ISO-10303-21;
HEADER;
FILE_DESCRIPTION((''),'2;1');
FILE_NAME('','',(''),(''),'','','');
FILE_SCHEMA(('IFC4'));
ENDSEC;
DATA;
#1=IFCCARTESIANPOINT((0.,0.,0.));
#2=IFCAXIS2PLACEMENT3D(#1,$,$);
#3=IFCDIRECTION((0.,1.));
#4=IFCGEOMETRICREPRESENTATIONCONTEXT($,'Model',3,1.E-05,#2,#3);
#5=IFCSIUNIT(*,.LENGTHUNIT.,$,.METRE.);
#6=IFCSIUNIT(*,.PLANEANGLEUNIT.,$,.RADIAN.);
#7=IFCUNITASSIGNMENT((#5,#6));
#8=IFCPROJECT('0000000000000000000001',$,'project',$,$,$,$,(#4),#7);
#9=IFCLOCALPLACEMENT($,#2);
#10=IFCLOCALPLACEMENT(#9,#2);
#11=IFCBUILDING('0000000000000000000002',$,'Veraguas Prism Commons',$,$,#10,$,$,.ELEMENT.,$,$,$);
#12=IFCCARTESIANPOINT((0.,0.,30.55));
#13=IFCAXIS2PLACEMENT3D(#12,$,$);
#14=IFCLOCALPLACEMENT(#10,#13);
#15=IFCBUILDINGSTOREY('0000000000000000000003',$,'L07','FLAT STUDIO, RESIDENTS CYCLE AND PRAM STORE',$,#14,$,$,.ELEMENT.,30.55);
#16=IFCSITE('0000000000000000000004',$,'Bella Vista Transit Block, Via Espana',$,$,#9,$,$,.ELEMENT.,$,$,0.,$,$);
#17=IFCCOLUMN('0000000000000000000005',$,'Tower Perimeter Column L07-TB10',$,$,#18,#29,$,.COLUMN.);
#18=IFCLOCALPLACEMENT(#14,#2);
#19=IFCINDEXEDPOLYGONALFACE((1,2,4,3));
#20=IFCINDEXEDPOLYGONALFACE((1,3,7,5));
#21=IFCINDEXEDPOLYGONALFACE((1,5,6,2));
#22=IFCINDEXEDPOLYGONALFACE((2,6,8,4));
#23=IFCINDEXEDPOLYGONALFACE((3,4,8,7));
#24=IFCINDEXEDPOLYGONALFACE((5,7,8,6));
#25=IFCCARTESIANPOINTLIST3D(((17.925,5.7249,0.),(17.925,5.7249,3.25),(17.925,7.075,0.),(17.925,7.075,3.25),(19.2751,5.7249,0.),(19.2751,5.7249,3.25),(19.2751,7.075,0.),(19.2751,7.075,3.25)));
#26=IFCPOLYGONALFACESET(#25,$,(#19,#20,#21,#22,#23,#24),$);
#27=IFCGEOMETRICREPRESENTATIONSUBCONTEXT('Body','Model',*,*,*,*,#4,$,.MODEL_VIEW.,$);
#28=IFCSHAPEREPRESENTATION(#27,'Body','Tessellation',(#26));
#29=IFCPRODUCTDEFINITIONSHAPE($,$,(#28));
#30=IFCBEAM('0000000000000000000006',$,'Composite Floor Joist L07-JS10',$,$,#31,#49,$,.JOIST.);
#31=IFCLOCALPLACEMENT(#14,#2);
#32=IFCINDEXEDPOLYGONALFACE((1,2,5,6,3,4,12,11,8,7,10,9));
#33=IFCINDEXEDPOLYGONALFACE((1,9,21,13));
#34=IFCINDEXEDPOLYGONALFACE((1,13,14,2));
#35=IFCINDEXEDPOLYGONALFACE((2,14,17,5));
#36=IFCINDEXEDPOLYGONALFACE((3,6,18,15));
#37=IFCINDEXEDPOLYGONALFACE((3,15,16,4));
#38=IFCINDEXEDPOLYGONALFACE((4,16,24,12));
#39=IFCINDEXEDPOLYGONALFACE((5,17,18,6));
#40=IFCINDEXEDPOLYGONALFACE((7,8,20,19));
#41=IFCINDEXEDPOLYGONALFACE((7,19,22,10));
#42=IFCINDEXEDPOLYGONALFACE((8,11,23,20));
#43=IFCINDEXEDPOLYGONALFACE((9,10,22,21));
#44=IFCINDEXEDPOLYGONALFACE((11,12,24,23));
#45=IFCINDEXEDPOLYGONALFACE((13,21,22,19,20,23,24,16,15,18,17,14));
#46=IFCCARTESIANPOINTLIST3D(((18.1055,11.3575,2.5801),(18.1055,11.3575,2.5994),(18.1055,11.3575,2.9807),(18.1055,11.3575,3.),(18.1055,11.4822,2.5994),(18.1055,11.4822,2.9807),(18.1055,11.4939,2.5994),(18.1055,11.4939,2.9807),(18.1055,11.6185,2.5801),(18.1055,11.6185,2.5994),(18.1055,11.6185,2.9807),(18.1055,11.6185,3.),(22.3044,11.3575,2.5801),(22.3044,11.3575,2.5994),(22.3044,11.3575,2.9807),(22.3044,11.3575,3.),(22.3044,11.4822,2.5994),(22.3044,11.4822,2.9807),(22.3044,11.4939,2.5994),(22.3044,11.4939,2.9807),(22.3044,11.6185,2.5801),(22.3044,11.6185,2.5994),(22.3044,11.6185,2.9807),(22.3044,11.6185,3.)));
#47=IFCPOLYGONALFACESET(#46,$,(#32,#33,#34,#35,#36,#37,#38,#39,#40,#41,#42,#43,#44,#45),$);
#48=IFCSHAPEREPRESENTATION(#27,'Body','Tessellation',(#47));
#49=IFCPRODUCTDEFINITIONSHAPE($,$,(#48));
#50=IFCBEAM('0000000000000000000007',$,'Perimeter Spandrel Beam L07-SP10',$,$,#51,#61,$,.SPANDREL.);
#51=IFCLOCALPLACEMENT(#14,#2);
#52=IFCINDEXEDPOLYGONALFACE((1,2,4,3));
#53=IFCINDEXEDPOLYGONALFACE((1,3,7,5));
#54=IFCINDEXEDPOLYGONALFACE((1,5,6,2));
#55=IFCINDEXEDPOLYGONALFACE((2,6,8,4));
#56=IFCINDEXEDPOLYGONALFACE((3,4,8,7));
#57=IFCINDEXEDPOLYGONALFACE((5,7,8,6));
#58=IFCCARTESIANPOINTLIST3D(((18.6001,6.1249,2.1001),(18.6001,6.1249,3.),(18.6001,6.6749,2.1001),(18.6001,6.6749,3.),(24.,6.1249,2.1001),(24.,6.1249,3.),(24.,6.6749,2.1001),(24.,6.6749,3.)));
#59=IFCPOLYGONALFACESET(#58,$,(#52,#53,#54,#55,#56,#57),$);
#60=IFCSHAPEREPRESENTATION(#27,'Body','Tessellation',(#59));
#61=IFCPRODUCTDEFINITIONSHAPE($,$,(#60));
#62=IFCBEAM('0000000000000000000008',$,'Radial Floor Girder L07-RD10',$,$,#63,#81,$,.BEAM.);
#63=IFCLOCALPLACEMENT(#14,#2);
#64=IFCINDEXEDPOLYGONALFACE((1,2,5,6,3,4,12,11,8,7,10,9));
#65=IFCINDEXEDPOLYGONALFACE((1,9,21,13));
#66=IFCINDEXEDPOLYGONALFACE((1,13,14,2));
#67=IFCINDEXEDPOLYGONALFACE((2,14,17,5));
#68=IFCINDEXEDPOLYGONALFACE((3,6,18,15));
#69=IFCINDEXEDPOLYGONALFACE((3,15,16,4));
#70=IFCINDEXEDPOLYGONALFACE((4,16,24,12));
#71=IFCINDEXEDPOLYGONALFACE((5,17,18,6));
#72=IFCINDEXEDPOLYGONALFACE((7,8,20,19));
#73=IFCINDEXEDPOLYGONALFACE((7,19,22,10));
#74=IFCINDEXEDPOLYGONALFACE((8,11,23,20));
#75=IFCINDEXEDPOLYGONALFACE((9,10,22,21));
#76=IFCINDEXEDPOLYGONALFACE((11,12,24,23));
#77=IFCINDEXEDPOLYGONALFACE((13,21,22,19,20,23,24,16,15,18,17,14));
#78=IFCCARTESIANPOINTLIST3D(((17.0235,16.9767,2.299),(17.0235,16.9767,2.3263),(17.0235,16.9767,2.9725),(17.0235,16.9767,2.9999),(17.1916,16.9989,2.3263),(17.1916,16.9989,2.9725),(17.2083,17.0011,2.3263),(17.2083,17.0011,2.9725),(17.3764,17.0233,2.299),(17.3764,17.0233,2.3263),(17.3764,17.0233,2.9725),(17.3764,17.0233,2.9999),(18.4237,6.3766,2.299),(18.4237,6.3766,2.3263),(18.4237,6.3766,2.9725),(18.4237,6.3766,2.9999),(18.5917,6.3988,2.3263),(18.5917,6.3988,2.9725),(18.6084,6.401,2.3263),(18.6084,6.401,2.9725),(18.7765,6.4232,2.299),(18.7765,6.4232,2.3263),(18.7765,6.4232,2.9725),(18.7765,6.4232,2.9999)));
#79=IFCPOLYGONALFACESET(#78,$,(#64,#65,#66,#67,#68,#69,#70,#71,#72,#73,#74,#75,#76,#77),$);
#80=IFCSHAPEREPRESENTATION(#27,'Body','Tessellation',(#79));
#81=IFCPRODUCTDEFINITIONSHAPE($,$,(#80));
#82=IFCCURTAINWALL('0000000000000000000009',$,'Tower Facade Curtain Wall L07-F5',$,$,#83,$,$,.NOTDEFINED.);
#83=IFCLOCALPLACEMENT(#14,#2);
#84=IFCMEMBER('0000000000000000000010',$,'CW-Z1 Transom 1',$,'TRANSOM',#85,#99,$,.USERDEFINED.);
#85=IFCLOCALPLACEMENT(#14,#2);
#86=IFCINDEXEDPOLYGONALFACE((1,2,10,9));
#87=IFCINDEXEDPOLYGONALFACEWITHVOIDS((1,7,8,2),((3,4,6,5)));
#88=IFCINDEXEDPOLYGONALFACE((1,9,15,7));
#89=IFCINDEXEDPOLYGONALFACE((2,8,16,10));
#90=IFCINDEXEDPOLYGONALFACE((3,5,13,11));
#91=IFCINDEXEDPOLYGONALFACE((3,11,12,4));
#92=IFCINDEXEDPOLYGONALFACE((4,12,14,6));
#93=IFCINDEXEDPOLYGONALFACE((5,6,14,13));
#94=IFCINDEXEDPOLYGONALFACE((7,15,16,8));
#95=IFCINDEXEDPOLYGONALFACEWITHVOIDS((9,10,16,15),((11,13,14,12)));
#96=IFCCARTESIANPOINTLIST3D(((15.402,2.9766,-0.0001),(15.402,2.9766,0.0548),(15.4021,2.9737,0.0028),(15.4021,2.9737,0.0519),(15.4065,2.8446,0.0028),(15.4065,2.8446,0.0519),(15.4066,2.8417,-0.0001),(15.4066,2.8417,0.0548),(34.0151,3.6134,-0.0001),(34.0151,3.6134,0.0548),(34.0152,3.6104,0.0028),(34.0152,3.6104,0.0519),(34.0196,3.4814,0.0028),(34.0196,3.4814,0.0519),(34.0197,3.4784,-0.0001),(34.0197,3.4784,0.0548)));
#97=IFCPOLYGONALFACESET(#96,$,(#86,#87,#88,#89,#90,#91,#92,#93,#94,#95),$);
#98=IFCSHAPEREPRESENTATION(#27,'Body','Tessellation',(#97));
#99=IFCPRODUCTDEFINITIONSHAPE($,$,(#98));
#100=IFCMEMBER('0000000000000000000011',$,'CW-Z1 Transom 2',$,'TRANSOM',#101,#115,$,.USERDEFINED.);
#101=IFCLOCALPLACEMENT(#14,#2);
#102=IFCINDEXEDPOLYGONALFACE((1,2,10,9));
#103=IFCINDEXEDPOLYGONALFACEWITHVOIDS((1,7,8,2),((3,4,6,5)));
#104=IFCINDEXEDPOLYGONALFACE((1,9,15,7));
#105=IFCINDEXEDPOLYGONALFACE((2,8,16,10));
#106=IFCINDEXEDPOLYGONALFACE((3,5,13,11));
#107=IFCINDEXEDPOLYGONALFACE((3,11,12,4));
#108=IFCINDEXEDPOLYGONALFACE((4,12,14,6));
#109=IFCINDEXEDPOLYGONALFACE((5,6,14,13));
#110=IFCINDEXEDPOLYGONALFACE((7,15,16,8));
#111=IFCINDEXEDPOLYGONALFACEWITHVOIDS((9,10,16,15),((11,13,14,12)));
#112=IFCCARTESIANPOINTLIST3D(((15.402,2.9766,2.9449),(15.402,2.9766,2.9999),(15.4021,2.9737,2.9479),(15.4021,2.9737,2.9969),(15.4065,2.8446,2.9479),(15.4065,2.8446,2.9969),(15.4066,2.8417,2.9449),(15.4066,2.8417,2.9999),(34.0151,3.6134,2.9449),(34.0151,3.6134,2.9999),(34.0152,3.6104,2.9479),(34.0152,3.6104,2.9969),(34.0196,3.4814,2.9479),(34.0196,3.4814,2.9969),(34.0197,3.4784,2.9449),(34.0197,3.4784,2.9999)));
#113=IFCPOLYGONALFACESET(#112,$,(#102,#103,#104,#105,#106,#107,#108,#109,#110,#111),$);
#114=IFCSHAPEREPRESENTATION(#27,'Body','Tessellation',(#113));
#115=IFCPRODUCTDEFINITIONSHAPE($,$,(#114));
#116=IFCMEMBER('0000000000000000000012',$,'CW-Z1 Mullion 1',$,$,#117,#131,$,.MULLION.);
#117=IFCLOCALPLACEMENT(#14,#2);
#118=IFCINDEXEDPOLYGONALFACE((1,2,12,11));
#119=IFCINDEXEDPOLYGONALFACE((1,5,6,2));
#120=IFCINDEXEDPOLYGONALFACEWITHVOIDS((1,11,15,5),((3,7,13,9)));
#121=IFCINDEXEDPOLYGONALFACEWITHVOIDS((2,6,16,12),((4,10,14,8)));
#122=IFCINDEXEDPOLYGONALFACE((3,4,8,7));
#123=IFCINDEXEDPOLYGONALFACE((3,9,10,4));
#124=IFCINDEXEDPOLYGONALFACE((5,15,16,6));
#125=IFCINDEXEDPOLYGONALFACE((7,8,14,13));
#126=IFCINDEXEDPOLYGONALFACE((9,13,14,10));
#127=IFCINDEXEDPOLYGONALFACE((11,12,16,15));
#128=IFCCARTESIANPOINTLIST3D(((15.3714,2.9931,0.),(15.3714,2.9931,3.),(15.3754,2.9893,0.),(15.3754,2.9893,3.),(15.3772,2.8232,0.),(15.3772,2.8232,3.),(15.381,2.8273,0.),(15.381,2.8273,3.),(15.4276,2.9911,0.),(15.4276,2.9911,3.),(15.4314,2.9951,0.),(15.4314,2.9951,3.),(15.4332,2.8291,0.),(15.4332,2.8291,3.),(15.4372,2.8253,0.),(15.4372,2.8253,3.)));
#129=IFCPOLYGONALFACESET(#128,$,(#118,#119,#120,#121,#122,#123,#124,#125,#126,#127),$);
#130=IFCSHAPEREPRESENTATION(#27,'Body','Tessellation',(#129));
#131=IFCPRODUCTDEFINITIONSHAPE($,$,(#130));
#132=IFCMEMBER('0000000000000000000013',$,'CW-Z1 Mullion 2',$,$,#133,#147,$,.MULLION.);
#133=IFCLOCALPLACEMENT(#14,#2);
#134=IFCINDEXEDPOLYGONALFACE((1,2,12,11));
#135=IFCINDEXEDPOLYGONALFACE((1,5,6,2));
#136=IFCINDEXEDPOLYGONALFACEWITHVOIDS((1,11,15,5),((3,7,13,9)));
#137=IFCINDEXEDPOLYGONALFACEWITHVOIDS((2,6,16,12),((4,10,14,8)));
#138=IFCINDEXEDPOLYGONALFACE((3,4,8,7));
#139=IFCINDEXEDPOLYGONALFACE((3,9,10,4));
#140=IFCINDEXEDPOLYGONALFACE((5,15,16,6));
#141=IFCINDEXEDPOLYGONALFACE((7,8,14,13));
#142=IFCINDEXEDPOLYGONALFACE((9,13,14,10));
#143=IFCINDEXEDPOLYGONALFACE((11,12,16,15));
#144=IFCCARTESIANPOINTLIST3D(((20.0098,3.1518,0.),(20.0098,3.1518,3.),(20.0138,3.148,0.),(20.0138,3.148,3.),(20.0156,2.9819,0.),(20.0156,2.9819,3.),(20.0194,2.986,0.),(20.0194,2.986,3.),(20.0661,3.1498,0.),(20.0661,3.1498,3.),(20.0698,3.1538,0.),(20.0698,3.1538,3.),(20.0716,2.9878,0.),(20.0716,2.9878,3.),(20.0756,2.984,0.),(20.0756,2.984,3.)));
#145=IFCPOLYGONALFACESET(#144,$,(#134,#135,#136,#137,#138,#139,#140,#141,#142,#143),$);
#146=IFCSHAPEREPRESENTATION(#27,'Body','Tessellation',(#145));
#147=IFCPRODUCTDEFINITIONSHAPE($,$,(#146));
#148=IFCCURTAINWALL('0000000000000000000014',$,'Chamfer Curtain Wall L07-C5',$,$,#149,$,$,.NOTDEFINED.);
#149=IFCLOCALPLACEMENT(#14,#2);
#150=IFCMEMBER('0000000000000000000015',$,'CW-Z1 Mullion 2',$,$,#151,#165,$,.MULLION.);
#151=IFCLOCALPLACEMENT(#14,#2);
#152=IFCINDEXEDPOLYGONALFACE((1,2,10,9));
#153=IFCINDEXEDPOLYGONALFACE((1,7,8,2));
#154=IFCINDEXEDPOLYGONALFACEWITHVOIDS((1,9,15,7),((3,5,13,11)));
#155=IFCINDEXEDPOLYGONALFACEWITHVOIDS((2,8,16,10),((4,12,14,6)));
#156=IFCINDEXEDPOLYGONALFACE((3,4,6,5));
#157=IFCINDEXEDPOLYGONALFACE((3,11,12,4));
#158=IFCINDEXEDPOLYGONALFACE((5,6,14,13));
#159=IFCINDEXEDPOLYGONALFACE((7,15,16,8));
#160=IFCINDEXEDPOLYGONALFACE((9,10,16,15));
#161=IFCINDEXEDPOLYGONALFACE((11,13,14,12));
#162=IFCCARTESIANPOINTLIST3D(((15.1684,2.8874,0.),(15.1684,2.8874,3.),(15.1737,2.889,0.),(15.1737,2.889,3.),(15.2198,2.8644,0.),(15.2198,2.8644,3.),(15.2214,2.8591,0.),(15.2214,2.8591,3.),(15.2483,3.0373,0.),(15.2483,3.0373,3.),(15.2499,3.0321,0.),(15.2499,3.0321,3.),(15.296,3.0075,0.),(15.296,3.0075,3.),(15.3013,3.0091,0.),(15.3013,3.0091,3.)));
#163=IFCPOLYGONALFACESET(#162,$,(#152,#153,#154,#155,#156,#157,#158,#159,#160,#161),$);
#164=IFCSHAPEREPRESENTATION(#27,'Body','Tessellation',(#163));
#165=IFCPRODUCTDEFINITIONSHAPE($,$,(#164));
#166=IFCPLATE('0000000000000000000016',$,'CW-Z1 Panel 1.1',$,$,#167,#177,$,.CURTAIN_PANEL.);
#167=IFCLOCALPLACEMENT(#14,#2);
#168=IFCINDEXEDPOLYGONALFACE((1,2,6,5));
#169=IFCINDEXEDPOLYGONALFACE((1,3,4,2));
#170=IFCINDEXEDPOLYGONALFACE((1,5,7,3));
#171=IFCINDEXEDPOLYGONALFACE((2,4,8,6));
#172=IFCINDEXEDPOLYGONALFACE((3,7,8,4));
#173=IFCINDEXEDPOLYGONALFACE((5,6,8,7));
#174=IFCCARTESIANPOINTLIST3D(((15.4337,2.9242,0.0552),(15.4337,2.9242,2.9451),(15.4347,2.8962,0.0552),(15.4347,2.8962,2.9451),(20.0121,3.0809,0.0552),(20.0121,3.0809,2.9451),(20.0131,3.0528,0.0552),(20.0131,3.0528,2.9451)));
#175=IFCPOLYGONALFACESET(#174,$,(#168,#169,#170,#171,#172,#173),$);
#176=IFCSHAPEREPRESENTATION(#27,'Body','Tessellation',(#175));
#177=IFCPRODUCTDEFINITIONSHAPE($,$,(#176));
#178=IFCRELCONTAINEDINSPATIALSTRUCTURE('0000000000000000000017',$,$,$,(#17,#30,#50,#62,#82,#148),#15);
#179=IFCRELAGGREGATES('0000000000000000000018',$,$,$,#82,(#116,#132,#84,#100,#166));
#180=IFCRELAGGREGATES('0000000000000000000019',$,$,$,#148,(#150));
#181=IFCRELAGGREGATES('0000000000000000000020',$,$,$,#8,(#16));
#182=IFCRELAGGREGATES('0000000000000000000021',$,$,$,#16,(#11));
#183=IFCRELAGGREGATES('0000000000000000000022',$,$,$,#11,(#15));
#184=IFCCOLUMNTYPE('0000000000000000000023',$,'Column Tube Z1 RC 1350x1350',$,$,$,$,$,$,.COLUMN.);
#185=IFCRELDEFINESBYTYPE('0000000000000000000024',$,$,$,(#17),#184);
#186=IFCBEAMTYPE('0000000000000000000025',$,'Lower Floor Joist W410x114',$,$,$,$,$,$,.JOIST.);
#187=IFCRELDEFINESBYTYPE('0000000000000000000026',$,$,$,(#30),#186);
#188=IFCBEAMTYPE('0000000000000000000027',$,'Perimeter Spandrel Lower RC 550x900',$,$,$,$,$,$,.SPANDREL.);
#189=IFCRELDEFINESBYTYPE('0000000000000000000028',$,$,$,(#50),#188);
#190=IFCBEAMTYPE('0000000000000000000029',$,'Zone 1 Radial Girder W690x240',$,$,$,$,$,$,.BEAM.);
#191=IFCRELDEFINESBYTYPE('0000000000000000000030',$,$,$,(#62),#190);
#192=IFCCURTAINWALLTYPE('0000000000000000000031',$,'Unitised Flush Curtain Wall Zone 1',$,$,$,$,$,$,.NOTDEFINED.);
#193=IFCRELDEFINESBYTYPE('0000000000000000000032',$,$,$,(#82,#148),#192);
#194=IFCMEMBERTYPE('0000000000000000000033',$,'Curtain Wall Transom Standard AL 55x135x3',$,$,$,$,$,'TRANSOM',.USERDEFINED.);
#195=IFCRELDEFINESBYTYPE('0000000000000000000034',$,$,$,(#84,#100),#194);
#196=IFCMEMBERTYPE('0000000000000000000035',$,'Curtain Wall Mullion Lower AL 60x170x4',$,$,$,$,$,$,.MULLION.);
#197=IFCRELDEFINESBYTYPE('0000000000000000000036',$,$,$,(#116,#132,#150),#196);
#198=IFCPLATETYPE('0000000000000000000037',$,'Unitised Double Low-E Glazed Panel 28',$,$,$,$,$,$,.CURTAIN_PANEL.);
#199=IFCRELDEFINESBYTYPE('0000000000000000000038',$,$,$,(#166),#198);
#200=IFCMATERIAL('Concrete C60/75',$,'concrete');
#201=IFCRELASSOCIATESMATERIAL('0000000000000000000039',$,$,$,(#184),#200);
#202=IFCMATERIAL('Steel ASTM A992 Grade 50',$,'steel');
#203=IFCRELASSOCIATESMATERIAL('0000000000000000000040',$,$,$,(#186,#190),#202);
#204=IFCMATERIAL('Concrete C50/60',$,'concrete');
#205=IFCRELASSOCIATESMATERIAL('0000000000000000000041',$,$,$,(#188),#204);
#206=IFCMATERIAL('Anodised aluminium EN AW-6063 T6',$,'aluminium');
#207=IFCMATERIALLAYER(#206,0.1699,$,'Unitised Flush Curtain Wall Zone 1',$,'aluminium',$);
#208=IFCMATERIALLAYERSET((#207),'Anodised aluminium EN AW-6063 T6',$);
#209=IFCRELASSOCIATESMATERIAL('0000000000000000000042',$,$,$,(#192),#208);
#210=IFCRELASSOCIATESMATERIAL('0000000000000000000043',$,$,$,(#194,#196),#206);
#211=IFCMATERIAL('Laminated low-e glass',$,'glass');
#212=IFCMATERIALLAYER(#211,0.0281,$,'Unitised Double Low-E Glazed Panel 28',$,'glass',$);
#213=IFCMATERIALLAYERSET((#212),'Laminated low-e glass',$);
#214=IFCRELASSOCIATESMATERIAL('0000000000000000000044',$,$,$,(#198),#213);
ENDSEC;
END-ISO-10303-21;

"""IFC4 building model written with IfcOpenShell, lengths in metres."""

from ifc_helpers import new_model, si_unit, direction, frame, origin, origin_2d, place, context, subcontext, project, spatial, rectangle, hollow_rectangle, i_section, extrude, source, transform, mapped, material, layer, layer_set, material_profile, profile_set, type_object, element, aggregate, save


model = new_model("IFC4")

# Units and contexts
model_context = context("Model", 3, precision=1e-05, world=origin(), true_north=direction((0.0, 1.0)))
body_context = subcontext(model_context, "Body", "Model", "MODEL_VIEW")
ifc_project = project(units=[si_unit("LENGTHUNIT", "METRE"), si_unit("PLANEANGLEUNIT", "RADIAN")], contexts=[model_context])

# Site, building, storey
site_placement = place(None, origin())
site = spatial("IfcSite", under=ifc_project, at=site_placement, Name="Bella Vista Transit Block, Via Espana", CompositionType="ELEMENT", RefElevation=0.0)
building_placement = place(site_placement, origin())
building = spatial("IfcBuilding", under=site, at=building_placement, Name="Veraguas Prism Commons", CompositionType="ELEMENT")
storey_placement = place(building_placement, frame((0.0, 0.0, 30.55)))
storey = spatial("IfcBuildingStorey", under=building, at=storey_placement, Name="L07", Description="FLAT STUDIO, RESIDENTS CYCLE AND PRAM STORE", CompositionType="ELEMENT", Elevation=30.55)

# Column
ifc_material_1 = material(Name="Concrete C60/75", Category="concrete")
ifc_material_profile_1 = material_profile(ifc_material_1, rectangle(XDim=1.3501, YDim=1.3501, at=origin_2d()), Name="RC1350X1350")
ifc_profile_set_1 = profile_set([ifc_material_profile_1], Name="Concrete C60/75")
column_type = type_object("IfcColumnType", Name="Column Tube Z1 RC 1350x1350", PredefinedType="COLUMN", material=ifc_profile_set_1)
column_placement = place(storey_placement, frame((18.6001, 6.3999, 0.0), z_axis=(0.0, 0.0, 1.0), x_axis=(1.0, 0.0, 0.0)))
element("IfcColumn", 1, at=column_placement, inside=storey, type_object=column_type, Name="Tower Perimeter Column L07-TB10", PredefinedType="COLUMN", context=body_context, shape_type="SweptSolid", body=[
    extrude(rectangle(XDim=1.3501, YDim=1.3501, at=origin_2d()), origin(), (0.0, 0.0, 1.0), 3.25),
])

# Beams
ifc_material_2 = material(Name="Steel ASTM A992 Grade 50", Category="steel")
ifc_material_profile_2 = material_profile(ifc_material_2, i_section(OverallWidth=0.261, OverallDepth=0.4199, WebThickness=0.0117, FlangeThickness=0.0193, at=origin_2d()), Name="W410X114")
ifc_profile_set_2 = profile_set([ifc_material_profile_2], Name="Steel ASTM A992 Grade 50")
beam_type_1 = type_object("IfcBeamType", Name="Lower Floor Joist W410x114", PredefinedType="JOIST", material=ifc_profile_set_2)
beam_1_placement = place(storey_placement, frame((18.1055, 11.488, 2.79), z_axis=(1.0, 0.0, 0.0), x_axis=(0.0, 1.0, 0.0)))
element("IfcBeam", 2, at=beam_1_placement, inside=storey, type_object=beam_type_1, Name="Composite Floor Joist L07-JS10", PredefinedType="JOIST", context=body_context, shape_type="SweptSolid", body=[
    extrude(i_section(OverallWidth=0.261, OverallDepth=0.4199, WebThickness=0.0117, FlangeThickness=0.0193, at=origin_2d()), origin(), (0.0, 0.0, 1.0), 4.199),
])
ifc_material_3 = material(Name="Concrete C50/60", Category="concrete")
ifc_material_profile_3 = material_profile(ifc_material_3, rectangle(XDim=0.55, YDim=0.8999, at=origin_2d()), Name="RC550X900")
ifc_profile_set_3 = profile_set([ifc_material_profile_3], Name="Concrete C50/60")
beam_type_2 = type_object("IfcBeamType", Name="Perimeter Spandrel Lower RC 550x900", PredefinedType="SPANDREL", material=ifc_profile_set_3)
beam_2_placement = place(storey_placement, frame((18.6001, 6.3999, 2.55), z_axis=(1.0, 0.0, 0.0), x_axis=(0.0, 1.0, 0.0)))
element("IfcBeam", 3, at=beam_2_placement, inside=storey, type_object=beam_type_2, Name="Perimeter Spandrel Beam L07-SP10", PredefinedType="SPANDREL", context=body_context, shape_type="SweptSolid", body=[
    extrude(rectangle(XDim=0.55, YDim=0.8999, at=origin_2d()), origin(), (0.0, 0.0, 1.0), 5.3999),
])
ifc_material_profile_4 = material_profile(ifc_material_2, i_section(OverallWidth=0.356, OverallDepth=0.7009, WebThickness=0.0168, FlangeThickness=0.0273, at=origin_2d()), Name="W690X240")
ifc_profile_set_4 = profile_set([ifc_material_profile_4], Name="Steel ASTM A992 Grade 50")
beam_type_3 = type_object("IfcBeamType", Name="Zone 1 Radial Girder W690x240", PredefinedType="BEAM", material=ifc_profile_set_4)
beam_3_placement = place(storey_placement, frame((18.6001, 6.3999, 2.6494), z_axis=(-0.130951, 0.991389, 0.0), x_axis=(-0.991389, -0.130951, 0.0)))
element("IfcBeam", 4, at=beam_3_placement, inside=storey, type_object=beam_type_3, Name="Radial Floor Girder L07-RD10", PredefinedType="BEAM", context=body_context, shape_type="SweptSolid", body=[
    extrude(i_section(OverallWidth=0.356, OverallDepth=0.7009, WebThickness=0.0168, FlangeThickness=0.0273, at=origin_2d()), origin(), (0.0, 0.0, 1.0), 10.6921),
])

# Curtain wall, members
ifc_material_4 = material(Name="Anodised aluminium EN AW-6063 T6", Category="aluminium")
ifc_layer_1 = layer(ifc_material_4, 0.1699, Name="Unitised Flush Curtain Wall Zone 1", Category="aluminium")
ifc_layer_set_1 = layer_set([ifc_layer_1], Name="Anodised aluminium EN AW-6063 T6")
curtain_wall_type = type_object("IfcCurtainWallType", Name="Unitised Flush Curtain Wall Zone 1", PredefinedType="NOTDEFINED", material=ifc_layer_set_1)
curtain_wall_1_placement = place(storey_placement, origin())
curtain_wall_1 = element("IfcCurtainWall", 5, at=curtain_wall_1_placement, inside=storey, type_object=curtain_wall_type, Name="Tower Facade Curtain Wall L07-F5", PredefinedType="NOTDEFINED")
ifc_material_profile_5 = material_profile(ifc_material_4, hollow_rectangle(XDim=0.0549, YDim=0.135, WallThickness=0.0029, at=origin_2d()), Name="AL55X135X3")
ifc_profile_set_5 = profile_set([ifc_material_profile_5], Name="Anodised aluminium EN AW-6063 T6")
member_type_1 = type_object("IfcMemberType", Name="Curtain Wall Transom Standard AL 55x135x3", ElementType="TRANSOM", PredefinedType="USERDEFINED", material=ifc_profile_set_5)
shared_shape_1 = source(origin(), body_context, "Body", "SweptSolid", [
    extrude(hollow_rectangle(XDim=0.0549, YDim=0.135, WallThickness=0.0029, at=origin_2d()), origin(), (0.0, 0.0, 1.0), 18.624),
])
member_1_placement = place(storey_placement, frame((15.4043, 2.9092, 0.0273), z_axis=(0.999415, 0.034188, 0.0), x_axis=(0.0, 0.0, 1.0)))
member_1 = element("IfcMember", 6, at=member_1_placement, type_object=member_type_1, Name="CW-Z1 Transom 1", ObjectType="TRANSOM", PredefinedType="USERDEFINED", context=body_context, shape_type="MappedRepresentation", body=[
    mapped(shared_shape_1, transform((0.0, 0.0, 0.0), scale=1.0)),
])
member_2_placement = place(storey_placement, frame((15.4043, 2.9092, 2.9724), z_axis=(0.999415, 0.034188, 0.0), x_axis=(0.0, 0.0, 1.0)))
member_2 = element("IfcMember", 7, at=member_2_placement, type_object=member_type_1, Name="CW-Z1 Transom 2", ObjectType="TRANSOM", PredefinedType="USERDEFINED", context=body_context, shape_type="MappedRepresentation", body=[
    mapped(shared_shape_1, transform((0.0, 0.0, 0.0), scale=1.0)),
])
ifc_material_profile_6 = material_profile(ifc_material_4, hollow_rectangle(XDim=0.0601, YDim=0.1699, WallThickness=0.0039, at=origin_2d()), Name="AL60X170X4")
ifc_profile_set_6 = profile_set([ifc_material_profile_6], Name="Anodised aluminium EN AW-6063 T6")
member_type_2 = type_object("IfcMemberType", Name="Curtain Wall Mullion Lower AL 60x170x4", PredefinedType="MULLION", material=ifc_profile_set_6)
shared_shape_2 = source(origin(), body_context, "Body", "SweptSolid", [
    extrude(hollow_rectangle(XDim=0.0601, YDim=0.1699, WallThickness=0.0039, at=origin_2d()), origin(), (0.0, 0.0, 1.0), 3.0),
])
member_3_placement = place(storey_placement, frame((15.4043, 2.9092, 0.0), z_axis=(0.0, 0.0, 1.0), x_axis=(0.999415, 0.034195, 0.0)))
member_3 = element("IfcMember", 8, at=member_3_placement, type_object=member_type_2, Name="CW-Z1 Mullion 1", PredefinedType="MULLION", context=body_context, shape_type="MappedRepresentation", body=[
    mapped(shared_shape_2, transform((0.0, 0.0, 0.0), scale=1.0)),
])
member_4_placement = place(storey_placement, frame((20.0427, 3.0679, 0.0), z_axis=(0.0, 0.0, 1.0), x_axis=(0.999415, 0.034195, 0.0)))
member_4 = element("IfcMember", 9, at=member_4_placement, type_object=member_type_2, Name="CW-Z1 Mullion 2", PredefinedType="MULLION", context=body_context, shape_type="MappedRepresentation", body=[
    mapped(shared_shape_2, transform((0.0, 0.0, 0.0), scale=1.0)),
])

# Curtain wall, member
curtain_wall_2_placement = place(storey_placement, origin())
curtain_wall_2 = element("IfcCurtainWall", 10, at=curtain_wall_2_placement, inside=storey, type_object=curtain_wall_type, Name="Chamfer Curtain Wall L07-C5", PredefinedType="NOTDEFINED")
member_5_placement = place(storey_placement, frame((15.2349, 2.9482, 0.0), z_axis=(0.0, 0.0, 1.0), x_axis=(0.88261, -0.470106, 0.0)))
member_5 = element("IfcMember", 11, at=member_5_placement, type_object=member_type_2, Name="CW-Z1 Mullion 2", PredefinedType="MULLION", context=body_context, shape_type="MappedRepresentation", body=[
    mapped(shared_shape_2, transform((0.0, 0.0, 0.0), scale=1.0)),
])

# Plate
ifc_material_5 = material(Name="Laminated low-e glass", Category="glass")
ifc_layer_2 = layer(ifc_material_5, 0.0281, Name="Unitised Double Low-E Glazed Panel 28", Category="glass")
ifc_layer_set_2 = layer_set([ifc_layer_2], Name="Laminated low-e glass")
plate_type = type_object("IfcPlateType", Name="Unitised Double Low-E Glazed Panel 28", PredefinedType="CURTAIN_PANEL", material=ifc_layer_set_2)
shared_shape_3 = source(origin(), body_context, "Body", "SweptSolid", [
    extrude(rectangle(XDim=4.5811, YDim=0.0281, at=origin_2d()), origin(), (0.0, 0.0, 1.0), 2.8899),
])
plate_1_placement = place(storey_placement, frame((17.7234, 2.9885, 0.0552), z_axis=(0.0, 0.0, 1.0), x_axis=(0.999415, 0.034195, 0.0)))
plate_1 = element("IfcPlate", 12, at=plate_1_placement, type_object=plate_type, Name="CW-Z1 Panel 1.1", PredefinedType="CURTAIN_PANEL", context=body_context, shape_type="MappedRepresentation", body=[
    mapped(shared_shape_3, transform((0.0, 0.0, 0.0), scale=1.0)),
])
aggregate(curtain_wall_1, [member_3, member_4, member_1, member_2, plate_1])
aggregate(curtain_wall_2, [member_5])

save(model, "model.ifc")
